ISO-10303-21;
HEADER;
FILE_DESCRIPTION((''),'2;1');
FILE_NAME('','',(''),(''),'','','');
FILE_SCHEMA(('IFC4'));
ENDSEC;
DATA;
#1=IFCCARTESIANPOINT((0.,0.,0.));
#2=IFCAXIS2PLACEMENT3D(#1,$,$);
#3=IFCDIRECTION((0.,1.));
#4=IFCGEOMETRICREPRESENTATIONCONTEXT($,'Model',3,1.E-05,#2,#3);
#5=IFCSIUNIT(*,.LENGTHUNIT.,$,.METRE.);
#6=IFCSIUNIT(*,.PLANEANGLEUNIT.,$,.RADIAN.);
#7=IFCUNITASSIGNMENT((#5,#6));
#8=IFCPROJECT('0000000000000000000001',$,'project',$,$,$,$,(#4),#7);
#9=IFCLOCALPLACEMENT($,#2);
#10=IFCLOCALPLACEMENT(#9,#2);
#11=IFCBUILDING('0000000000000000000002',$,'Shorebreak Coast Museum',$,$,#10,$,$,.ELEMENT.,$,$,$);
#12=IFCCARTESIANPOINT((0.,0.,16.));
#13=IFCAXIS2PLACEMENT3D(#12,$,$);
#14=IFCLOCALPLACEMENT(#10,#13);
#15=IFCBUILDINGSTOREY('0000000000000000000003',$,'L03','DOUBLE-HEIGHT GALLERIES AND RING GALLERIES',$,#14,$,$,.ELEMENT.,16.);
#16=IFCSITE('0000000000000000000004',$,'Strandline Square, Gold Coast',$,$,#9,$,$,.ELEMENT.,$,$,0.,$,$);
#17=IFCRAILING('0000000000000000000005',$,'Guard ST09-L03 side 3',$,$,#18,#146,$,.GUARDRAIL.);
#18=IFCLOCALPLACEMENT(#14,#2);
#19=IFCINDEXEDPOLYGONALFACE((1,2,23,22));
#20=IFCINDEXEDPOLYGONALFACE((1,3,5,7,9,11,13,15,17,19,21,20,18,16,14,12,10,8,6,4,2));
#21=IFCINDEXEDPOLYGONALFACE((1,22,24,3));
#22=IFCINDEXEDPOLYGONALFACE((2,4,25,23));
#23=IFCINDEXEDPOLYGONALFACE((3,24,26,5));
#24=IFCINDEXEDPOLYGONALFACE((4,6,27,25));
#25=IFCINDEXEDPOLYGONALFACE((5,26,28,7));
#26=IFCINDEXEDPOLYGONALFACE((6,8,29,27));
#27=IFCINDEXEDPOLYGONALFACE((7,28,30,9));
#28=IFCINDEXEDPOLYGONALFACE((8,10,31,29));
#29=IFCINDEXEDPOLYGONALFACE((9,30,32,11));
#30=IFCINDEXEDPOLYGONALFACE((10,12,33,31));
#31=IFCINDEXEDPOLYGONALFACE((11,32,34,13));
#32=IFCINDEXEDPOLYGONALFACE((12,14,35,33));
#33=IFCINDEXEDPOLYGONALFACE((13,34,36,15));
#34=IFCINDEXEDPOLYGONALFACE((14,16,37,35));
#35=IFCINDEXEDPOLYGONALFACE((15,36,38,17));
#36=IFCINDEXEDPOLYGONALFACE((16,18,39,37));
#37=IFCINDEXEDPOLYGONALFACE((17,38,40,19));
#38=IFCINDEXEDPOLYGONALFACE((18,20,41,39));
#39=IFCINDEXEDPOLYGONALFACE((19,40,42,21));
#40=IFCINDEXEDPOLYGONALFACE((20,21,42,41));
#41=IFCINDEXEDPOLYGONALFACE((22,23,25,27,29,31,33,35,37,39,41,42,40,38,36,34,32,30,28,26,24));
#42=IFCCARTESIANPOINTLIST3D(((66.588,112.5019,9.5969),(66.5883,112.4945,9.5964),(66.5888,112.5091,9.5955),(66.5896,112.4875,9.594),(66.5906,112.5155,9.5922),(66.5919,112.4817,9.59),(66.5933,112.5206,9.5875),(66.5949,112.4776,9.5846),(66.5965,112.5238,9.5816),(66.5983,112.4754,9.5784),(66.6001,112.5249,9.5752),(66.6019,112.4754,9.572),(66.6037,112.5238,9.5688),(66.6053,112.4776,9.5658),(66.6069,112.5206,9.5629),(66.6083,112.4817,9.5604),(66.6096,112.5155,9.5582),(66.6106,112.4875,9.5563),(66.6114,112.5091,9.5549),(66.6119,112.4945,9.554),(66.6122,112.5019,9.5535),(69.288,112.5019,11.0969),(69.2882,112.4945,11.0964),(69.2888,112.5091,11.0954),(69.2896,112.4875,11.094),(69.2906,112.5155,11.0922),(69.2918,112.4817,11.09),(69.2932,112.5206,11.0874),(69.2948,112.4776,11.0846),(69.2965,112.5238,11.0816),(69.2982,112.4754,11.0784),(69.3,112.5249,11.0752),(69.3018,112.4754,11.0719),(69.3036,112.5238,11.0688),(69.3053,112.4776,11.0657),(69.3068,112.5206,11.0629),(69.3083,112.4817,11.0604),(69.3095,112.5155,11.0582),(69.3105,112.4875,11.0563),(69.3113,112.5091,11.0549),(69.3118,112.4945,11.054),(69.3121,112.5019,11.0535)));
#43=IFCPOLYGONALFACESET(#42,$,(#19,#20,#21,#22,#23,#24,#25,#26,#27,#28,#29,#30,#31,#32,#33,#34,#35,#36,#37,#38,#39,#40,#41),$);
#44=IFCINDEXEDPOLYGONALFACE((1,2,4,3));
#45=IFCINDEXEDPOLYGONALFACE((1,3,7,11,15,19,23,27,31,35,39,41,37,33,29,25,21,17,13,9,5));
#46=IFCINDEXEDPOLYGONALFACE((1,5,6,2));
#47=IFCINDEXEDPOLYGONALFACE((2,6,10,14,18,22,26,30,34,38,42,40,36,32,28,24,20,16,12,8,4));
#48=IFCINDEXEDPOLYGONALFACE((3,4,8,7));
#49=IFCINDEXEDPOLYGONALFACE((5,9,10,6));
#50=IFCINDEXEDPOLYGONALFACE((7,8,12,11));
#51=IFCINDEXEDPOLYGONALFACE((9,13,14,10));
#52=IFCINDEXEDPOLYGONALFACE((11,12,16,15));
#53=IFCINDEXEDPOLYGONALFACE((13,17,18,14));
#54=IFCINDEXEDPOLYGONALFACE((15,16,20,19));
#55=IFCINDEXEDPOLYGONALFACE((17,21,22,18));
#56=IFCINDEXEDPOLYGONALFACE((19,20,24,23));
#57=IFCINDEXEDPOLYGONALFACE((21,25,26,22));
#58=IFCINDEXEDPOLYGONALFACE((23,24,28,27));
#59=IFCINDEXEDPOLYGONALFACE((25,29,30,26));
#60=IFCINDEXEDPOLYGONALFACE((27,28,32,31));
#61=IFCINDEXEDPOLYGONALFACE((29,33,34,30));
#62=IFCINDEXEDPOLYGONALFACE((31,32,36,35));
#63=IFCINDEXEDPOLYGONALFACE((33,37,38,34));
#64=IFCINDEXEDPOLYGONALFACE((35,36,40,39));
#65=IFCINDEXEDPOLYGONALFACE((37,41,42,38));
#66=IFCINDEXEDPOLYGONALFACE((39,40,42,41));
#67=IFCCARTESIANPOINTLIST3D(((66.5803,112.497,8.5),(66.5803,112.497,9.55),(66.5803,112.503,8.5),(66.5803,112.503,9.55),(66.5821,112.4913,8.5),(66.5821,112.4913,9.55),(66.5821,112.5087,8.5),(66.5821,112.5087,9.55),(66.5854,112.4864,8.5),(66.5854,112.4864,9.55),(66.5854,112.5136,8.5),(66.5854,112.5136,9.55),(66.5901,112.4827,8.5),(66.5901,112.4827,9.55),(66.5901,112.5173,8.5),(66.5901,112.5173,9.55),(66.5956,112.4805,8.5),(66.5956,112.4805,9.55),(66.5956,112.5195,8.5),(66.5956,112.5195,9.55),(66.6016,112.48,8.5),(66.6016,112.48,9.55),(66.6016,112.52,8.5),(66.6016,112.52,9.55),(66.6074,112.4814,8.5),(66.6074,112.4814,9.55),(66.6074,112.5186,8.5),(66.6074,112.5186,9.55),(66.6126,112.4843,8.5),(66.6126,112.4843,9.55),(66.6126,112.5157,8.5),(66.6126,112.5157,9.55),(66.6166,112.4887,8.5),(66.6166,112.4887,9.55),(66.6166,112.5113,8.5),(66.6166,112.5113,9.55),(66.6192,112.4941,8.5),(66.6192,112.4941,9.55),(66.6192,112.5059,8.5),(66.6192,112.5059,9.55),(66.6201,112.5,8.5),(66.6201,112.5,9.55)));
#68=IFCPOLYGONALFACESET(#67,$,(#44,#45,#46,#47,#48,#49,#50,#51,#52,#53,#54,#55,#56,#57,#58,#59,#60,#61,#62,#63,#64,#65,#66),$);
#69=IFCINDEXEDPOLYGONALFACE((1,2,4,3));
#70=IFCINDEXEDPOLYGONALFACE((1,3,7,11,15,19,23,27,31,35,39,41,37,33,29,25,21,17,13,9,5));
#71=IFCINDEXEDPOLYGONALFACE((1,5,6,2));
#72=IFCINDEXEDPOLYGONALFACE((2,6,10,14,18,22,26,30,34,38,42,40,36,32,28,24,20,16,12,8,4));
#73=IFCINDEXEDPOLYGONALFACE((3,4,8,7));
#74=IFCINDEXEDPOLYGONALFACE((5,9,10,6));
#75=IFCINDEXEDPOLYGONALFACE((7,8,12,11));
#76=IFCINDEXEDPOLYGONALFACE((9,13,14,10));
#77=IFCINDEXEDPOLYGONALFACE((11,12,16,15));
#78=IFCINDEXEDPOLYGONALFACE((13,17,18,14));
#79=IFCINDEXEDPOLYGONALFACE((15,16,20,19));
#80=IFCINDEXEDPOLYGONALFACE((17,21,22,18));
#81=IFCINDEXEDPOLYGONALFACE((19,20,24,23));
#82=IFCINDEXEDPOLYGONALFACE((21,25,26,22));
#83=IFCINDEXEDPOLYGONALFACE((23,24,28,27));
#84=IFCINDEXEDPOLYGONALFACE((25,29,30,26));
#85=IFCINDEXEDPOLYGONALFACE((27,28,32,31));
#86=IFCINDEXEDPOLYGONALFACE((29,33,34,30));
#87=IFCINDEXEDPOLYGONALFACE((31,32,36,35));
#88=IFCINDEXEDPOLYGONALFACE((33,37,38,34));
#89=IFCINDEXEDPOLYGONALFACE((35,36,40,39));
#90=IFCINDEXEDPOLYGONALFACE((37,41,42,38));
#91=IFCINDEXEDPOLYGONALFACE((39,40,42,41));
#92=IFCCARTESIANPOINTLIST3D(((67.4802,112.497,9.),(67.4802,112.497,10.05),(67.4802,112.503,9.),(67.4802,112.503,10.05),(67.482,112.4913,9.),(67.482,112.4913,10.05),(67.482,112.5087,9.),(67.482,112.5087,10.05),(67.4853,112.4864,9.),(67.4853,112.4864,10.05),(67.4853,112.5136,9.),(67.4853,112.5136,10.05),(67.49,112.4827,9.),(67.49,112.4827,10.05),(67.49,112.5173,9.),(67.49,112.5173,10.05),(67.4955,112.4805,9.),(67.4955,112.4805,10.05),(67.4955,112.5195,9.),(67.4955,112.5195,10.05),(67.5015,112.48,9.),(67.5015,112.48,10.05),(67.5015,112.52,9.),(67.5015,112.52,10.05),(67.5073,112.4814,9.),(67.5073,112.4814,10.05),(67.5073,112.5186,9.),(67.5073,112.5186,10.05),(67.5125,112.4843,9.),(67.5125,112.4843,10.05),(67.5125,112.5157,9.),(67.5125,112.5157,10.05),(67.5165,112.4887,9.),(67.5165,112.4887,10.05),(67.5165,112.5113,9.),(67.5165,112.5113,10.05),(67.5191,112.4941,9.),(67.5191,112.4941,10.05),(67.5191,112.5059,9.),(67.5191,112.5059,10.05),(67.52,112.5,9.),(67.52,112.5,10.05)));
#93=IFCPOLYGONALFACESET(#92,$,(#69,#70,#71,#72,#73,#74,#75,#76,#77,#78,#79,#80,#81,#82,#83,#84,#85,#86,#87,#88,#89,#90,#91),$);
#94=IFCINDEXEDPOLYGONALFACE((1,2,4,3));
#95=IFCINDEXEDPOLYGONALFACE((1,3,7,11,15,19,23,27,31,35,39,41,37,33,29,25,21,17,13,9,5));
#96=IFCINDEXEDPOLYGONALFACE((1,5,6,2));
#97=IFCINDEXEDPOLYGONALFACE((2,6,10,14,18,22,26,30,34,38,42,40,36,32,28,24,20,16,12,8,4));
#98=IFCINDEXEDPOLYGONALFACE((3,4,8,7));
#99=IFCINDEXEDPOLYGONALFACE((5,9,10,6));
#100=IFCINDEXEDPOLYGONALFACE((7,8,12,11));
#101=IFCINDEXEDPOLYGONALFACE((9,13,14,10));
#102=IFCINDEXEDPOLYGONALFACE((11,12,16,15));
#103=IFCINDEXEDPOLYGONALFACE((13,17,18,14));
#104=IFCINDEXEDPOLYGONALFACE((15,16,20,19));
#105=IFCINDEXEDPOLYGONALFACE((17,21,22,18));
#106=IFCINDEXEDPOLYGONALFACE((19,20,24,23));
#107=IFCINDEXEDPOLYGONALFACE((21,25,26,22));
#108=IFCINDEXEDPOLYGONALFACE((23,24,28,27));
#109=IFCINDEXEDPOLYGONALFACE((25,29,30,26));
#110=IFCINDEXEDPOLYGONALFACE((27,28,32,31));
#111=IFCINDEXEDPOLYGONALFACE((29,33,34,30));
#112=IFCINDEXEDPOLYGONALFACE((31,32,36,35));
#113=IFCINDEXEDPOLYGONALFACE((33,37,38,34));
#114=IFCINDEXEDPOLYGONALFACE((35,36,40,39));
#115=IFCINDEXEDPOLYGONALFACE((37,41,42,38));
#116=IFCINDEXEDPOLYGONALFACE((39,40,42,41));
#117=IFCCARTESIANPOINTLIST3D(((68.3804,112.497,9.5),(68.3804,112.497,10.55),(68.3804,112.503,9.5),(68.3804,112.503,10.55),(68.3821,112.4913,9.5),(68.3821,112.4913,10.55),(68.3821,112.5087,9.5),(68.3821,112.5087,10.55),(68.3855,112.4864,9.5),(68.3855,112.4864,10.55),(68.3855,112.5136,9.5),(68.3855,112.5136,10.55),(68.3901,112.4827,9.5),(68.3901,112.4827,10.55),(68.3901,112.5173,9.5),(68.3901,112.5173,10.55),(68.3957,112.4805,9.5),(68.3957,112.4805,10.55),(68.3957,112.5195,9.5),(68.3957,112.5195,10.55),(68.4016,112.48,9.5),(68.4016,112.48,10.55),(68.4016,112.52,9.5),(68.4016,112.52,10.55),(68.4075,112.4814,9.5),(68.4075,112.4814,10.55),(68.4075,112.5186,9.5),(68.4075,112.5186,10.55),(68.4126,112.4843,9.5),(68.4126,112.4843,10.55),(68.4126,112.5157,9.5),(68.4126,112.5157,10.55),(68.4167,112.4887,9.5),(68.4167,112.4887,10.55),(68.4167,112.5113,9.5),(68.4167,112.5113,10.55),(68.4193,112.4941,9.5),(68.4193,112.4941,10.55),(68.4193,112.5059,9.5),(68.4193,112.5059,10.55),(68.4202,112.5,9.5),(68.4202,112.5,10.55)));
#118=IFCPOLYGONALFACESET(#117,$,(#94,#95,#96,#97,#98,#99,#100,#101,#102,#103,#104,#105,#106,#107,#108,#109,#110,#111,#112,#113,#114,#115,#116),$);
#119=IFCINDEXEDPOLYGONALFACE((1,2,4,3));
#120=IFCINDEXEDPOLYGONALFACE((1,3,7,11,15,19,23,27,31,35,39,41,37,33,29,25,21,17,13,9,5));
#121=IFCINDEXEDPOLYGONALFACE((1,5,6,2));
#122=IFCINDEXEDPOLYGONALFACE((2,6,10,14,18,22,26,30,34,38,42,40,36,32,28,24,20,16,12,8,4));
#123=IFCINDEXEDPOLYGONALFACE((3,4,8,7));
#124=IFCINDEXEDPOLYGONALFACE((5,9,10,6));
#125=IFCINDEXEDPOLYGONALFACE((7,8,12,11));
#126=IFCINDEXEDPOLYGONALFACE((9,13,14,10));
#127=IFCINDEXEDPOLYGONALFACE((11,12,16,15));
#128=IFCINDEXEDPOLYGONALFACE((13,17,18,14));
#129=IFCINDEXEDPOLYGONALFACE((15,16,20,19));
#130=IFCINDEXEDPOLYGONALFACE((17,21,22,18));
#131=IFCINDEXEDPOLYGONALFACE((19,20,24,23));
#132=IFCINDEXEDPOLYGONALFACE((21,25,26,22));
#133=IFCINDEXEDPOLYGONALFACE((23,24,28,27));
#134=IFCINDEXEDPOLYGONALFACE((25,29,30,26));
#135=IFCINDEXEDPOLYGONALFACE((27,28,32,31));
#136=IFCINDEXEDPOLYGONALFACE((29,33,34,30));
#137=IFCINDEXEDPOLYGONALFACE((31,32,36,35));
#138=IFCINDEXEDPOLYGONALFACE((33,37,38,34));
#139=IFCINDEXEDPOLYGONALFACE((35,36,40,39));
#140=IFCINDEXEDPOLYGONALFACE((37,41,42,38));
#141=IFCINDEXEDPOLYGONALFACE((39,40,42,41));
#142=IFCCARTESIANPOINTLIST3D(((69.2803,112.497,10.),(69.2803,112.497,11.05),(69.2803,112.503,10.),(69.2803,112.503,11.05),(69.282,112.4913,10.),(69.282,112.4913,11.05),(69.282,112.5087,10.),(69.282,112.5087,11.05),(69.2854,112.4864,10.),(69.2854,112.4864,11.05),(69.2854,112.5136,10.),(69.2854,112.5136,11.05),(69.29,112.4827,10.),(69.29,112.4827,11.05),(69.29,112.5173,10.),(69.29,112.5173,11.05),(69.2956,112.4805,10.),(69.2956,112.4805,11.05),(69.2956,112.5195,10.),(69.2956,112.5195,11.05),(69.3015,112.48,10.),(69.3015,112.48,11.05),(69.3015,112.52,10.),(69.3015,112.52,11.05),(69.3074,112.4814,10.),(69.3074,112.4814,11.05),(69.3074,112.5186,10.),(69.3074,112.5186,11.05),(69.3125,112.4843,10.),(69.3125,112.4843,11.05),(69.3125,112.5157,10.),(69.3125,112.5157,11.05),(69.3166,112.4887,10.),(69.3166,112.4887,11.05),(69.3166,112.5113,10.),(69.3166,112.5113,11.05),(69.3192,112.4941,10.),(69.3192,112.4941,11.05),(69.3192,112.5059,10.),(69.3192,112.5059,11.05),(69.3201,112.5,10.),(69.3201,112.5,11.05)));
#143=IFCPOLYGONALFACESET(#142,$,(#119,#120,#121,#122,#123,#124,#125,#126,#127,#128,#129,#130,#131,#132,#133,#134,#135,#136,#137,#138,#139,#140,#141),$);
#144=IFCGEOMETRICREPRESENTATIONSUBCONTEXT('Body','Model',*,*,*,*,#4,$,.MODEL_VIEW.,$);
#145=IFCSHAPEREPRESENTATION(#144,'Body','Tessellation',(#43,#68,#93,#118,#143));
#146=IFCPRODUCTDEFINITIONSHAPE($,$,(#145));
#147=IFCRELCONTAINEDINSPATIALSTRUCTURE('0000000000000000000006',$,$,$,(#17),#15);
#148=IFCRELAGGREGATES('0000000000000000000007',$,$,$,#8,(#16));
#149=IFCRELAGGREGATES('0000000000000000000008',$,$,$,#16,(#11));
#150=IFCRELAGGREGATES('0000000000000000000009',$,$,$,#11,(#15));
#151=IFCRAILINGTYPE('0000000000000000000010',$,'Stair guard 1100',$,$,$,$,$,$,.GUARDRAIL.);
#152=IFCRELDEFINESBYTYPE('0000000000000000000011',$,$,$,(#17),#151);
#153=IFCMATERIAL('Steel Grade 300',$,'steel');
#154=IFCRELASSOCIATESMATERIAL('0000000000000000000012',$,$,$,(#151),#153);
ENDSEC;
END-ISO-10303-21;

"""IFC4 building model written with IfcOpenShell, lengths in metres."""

from ifc_helpers import new_model, si_unit, direction, frame, origin, origin_2d, place, context, subcontext, project, spatial, circle, extrude, material, type_object, element, save


model = new_model("IFC4")

# Units and contexts
model_context = context("Model", 3, precision=1e-05, world=origin(), true_north=direction((0.0, 1.0)))
body_context = subcontext(model_context, "Body", "Model", "MODEL_VIEW")
ifc_project = project(units=[si_unit("LENGTHUNIT", "METRE"), si_unit("PLANEANGLEUNIT", "RADIAN")], contexts=[model_context])

# Site, building, storey
site_placement = place(None, origin())
site = spatial("IfcSite", under=ifc_project, at=site_placement, Name="Strandline Square, Gold Coast", CompositionType="ELEMENT", RefElevation=0.0)
building_placement = place(site_placement, origin())
building = spatial("IfcBuilding", under=site, at=building_placement, Name="Shorebreak Coast Museum", CompositionType="ELEMENT")
storey_placement = place(building_placement, frame((0.0, 0.0, 16.0)))
storey = spatial("IfcBuildingStorey", under=building, at=storey_placement, Name="L03", Description="DOUBLE-HEIGHT GALLERIES AND RING GALLERIES", CompositionType="ELEMENT", Elevation=16.0)

# Railing
ifc_material_1 = material(Name="Steel Grade 300", Category="steel")
railing_type_1 = type_object("IfcRailingType", Name="Stair guard 1100", PredefinedType="GUARDRAIL", material=ifc_material_1)
railing_1_placement = place(storey_placement, frame((66.6001, 112.5, 8.5)))
element("IfcRailing", 1, at=railing_1_placement, inside=storey, type_object=railing_type_1, Name="Guard ST09-L03 side 3", PredefinedType="GUARDRAIL", context=body_context, shape_type="SweptSolid", body=[
    extrude(circle(Radius=0.0249, at=origin_2d()), frame((0.0, 0.0, 1.0752), z_axis=(0.874154, 0.0, 0.48565), x_axis=(0.0, 1.0, 0.0)), (0.0, 0.0, 1.0), 3.0886),
    extrude(circle(Radius=0.02, at=origin_2d()), origin(), (0.0, 0.0, 1.0), 1.05),
    extrude(circle(Radius=0.02, at=origin_2d()), frame((0.8999, 0.0, 0.5)), (0.0, 0.0, 1.0), 1.05),
    extrude(circle(Radius=0.02, at=origin_2d()), frame((1.8, 0.0, 1.0)), (0.0, 0.0, 1.0), 1.05),
    extrude(circle(Radius=0.02, at=origin_2d()), frame((2.7, 0.0, 1.5)), (0.0, 0.0, 1.0), 1.05),
])

save(model, "model.ifc")
